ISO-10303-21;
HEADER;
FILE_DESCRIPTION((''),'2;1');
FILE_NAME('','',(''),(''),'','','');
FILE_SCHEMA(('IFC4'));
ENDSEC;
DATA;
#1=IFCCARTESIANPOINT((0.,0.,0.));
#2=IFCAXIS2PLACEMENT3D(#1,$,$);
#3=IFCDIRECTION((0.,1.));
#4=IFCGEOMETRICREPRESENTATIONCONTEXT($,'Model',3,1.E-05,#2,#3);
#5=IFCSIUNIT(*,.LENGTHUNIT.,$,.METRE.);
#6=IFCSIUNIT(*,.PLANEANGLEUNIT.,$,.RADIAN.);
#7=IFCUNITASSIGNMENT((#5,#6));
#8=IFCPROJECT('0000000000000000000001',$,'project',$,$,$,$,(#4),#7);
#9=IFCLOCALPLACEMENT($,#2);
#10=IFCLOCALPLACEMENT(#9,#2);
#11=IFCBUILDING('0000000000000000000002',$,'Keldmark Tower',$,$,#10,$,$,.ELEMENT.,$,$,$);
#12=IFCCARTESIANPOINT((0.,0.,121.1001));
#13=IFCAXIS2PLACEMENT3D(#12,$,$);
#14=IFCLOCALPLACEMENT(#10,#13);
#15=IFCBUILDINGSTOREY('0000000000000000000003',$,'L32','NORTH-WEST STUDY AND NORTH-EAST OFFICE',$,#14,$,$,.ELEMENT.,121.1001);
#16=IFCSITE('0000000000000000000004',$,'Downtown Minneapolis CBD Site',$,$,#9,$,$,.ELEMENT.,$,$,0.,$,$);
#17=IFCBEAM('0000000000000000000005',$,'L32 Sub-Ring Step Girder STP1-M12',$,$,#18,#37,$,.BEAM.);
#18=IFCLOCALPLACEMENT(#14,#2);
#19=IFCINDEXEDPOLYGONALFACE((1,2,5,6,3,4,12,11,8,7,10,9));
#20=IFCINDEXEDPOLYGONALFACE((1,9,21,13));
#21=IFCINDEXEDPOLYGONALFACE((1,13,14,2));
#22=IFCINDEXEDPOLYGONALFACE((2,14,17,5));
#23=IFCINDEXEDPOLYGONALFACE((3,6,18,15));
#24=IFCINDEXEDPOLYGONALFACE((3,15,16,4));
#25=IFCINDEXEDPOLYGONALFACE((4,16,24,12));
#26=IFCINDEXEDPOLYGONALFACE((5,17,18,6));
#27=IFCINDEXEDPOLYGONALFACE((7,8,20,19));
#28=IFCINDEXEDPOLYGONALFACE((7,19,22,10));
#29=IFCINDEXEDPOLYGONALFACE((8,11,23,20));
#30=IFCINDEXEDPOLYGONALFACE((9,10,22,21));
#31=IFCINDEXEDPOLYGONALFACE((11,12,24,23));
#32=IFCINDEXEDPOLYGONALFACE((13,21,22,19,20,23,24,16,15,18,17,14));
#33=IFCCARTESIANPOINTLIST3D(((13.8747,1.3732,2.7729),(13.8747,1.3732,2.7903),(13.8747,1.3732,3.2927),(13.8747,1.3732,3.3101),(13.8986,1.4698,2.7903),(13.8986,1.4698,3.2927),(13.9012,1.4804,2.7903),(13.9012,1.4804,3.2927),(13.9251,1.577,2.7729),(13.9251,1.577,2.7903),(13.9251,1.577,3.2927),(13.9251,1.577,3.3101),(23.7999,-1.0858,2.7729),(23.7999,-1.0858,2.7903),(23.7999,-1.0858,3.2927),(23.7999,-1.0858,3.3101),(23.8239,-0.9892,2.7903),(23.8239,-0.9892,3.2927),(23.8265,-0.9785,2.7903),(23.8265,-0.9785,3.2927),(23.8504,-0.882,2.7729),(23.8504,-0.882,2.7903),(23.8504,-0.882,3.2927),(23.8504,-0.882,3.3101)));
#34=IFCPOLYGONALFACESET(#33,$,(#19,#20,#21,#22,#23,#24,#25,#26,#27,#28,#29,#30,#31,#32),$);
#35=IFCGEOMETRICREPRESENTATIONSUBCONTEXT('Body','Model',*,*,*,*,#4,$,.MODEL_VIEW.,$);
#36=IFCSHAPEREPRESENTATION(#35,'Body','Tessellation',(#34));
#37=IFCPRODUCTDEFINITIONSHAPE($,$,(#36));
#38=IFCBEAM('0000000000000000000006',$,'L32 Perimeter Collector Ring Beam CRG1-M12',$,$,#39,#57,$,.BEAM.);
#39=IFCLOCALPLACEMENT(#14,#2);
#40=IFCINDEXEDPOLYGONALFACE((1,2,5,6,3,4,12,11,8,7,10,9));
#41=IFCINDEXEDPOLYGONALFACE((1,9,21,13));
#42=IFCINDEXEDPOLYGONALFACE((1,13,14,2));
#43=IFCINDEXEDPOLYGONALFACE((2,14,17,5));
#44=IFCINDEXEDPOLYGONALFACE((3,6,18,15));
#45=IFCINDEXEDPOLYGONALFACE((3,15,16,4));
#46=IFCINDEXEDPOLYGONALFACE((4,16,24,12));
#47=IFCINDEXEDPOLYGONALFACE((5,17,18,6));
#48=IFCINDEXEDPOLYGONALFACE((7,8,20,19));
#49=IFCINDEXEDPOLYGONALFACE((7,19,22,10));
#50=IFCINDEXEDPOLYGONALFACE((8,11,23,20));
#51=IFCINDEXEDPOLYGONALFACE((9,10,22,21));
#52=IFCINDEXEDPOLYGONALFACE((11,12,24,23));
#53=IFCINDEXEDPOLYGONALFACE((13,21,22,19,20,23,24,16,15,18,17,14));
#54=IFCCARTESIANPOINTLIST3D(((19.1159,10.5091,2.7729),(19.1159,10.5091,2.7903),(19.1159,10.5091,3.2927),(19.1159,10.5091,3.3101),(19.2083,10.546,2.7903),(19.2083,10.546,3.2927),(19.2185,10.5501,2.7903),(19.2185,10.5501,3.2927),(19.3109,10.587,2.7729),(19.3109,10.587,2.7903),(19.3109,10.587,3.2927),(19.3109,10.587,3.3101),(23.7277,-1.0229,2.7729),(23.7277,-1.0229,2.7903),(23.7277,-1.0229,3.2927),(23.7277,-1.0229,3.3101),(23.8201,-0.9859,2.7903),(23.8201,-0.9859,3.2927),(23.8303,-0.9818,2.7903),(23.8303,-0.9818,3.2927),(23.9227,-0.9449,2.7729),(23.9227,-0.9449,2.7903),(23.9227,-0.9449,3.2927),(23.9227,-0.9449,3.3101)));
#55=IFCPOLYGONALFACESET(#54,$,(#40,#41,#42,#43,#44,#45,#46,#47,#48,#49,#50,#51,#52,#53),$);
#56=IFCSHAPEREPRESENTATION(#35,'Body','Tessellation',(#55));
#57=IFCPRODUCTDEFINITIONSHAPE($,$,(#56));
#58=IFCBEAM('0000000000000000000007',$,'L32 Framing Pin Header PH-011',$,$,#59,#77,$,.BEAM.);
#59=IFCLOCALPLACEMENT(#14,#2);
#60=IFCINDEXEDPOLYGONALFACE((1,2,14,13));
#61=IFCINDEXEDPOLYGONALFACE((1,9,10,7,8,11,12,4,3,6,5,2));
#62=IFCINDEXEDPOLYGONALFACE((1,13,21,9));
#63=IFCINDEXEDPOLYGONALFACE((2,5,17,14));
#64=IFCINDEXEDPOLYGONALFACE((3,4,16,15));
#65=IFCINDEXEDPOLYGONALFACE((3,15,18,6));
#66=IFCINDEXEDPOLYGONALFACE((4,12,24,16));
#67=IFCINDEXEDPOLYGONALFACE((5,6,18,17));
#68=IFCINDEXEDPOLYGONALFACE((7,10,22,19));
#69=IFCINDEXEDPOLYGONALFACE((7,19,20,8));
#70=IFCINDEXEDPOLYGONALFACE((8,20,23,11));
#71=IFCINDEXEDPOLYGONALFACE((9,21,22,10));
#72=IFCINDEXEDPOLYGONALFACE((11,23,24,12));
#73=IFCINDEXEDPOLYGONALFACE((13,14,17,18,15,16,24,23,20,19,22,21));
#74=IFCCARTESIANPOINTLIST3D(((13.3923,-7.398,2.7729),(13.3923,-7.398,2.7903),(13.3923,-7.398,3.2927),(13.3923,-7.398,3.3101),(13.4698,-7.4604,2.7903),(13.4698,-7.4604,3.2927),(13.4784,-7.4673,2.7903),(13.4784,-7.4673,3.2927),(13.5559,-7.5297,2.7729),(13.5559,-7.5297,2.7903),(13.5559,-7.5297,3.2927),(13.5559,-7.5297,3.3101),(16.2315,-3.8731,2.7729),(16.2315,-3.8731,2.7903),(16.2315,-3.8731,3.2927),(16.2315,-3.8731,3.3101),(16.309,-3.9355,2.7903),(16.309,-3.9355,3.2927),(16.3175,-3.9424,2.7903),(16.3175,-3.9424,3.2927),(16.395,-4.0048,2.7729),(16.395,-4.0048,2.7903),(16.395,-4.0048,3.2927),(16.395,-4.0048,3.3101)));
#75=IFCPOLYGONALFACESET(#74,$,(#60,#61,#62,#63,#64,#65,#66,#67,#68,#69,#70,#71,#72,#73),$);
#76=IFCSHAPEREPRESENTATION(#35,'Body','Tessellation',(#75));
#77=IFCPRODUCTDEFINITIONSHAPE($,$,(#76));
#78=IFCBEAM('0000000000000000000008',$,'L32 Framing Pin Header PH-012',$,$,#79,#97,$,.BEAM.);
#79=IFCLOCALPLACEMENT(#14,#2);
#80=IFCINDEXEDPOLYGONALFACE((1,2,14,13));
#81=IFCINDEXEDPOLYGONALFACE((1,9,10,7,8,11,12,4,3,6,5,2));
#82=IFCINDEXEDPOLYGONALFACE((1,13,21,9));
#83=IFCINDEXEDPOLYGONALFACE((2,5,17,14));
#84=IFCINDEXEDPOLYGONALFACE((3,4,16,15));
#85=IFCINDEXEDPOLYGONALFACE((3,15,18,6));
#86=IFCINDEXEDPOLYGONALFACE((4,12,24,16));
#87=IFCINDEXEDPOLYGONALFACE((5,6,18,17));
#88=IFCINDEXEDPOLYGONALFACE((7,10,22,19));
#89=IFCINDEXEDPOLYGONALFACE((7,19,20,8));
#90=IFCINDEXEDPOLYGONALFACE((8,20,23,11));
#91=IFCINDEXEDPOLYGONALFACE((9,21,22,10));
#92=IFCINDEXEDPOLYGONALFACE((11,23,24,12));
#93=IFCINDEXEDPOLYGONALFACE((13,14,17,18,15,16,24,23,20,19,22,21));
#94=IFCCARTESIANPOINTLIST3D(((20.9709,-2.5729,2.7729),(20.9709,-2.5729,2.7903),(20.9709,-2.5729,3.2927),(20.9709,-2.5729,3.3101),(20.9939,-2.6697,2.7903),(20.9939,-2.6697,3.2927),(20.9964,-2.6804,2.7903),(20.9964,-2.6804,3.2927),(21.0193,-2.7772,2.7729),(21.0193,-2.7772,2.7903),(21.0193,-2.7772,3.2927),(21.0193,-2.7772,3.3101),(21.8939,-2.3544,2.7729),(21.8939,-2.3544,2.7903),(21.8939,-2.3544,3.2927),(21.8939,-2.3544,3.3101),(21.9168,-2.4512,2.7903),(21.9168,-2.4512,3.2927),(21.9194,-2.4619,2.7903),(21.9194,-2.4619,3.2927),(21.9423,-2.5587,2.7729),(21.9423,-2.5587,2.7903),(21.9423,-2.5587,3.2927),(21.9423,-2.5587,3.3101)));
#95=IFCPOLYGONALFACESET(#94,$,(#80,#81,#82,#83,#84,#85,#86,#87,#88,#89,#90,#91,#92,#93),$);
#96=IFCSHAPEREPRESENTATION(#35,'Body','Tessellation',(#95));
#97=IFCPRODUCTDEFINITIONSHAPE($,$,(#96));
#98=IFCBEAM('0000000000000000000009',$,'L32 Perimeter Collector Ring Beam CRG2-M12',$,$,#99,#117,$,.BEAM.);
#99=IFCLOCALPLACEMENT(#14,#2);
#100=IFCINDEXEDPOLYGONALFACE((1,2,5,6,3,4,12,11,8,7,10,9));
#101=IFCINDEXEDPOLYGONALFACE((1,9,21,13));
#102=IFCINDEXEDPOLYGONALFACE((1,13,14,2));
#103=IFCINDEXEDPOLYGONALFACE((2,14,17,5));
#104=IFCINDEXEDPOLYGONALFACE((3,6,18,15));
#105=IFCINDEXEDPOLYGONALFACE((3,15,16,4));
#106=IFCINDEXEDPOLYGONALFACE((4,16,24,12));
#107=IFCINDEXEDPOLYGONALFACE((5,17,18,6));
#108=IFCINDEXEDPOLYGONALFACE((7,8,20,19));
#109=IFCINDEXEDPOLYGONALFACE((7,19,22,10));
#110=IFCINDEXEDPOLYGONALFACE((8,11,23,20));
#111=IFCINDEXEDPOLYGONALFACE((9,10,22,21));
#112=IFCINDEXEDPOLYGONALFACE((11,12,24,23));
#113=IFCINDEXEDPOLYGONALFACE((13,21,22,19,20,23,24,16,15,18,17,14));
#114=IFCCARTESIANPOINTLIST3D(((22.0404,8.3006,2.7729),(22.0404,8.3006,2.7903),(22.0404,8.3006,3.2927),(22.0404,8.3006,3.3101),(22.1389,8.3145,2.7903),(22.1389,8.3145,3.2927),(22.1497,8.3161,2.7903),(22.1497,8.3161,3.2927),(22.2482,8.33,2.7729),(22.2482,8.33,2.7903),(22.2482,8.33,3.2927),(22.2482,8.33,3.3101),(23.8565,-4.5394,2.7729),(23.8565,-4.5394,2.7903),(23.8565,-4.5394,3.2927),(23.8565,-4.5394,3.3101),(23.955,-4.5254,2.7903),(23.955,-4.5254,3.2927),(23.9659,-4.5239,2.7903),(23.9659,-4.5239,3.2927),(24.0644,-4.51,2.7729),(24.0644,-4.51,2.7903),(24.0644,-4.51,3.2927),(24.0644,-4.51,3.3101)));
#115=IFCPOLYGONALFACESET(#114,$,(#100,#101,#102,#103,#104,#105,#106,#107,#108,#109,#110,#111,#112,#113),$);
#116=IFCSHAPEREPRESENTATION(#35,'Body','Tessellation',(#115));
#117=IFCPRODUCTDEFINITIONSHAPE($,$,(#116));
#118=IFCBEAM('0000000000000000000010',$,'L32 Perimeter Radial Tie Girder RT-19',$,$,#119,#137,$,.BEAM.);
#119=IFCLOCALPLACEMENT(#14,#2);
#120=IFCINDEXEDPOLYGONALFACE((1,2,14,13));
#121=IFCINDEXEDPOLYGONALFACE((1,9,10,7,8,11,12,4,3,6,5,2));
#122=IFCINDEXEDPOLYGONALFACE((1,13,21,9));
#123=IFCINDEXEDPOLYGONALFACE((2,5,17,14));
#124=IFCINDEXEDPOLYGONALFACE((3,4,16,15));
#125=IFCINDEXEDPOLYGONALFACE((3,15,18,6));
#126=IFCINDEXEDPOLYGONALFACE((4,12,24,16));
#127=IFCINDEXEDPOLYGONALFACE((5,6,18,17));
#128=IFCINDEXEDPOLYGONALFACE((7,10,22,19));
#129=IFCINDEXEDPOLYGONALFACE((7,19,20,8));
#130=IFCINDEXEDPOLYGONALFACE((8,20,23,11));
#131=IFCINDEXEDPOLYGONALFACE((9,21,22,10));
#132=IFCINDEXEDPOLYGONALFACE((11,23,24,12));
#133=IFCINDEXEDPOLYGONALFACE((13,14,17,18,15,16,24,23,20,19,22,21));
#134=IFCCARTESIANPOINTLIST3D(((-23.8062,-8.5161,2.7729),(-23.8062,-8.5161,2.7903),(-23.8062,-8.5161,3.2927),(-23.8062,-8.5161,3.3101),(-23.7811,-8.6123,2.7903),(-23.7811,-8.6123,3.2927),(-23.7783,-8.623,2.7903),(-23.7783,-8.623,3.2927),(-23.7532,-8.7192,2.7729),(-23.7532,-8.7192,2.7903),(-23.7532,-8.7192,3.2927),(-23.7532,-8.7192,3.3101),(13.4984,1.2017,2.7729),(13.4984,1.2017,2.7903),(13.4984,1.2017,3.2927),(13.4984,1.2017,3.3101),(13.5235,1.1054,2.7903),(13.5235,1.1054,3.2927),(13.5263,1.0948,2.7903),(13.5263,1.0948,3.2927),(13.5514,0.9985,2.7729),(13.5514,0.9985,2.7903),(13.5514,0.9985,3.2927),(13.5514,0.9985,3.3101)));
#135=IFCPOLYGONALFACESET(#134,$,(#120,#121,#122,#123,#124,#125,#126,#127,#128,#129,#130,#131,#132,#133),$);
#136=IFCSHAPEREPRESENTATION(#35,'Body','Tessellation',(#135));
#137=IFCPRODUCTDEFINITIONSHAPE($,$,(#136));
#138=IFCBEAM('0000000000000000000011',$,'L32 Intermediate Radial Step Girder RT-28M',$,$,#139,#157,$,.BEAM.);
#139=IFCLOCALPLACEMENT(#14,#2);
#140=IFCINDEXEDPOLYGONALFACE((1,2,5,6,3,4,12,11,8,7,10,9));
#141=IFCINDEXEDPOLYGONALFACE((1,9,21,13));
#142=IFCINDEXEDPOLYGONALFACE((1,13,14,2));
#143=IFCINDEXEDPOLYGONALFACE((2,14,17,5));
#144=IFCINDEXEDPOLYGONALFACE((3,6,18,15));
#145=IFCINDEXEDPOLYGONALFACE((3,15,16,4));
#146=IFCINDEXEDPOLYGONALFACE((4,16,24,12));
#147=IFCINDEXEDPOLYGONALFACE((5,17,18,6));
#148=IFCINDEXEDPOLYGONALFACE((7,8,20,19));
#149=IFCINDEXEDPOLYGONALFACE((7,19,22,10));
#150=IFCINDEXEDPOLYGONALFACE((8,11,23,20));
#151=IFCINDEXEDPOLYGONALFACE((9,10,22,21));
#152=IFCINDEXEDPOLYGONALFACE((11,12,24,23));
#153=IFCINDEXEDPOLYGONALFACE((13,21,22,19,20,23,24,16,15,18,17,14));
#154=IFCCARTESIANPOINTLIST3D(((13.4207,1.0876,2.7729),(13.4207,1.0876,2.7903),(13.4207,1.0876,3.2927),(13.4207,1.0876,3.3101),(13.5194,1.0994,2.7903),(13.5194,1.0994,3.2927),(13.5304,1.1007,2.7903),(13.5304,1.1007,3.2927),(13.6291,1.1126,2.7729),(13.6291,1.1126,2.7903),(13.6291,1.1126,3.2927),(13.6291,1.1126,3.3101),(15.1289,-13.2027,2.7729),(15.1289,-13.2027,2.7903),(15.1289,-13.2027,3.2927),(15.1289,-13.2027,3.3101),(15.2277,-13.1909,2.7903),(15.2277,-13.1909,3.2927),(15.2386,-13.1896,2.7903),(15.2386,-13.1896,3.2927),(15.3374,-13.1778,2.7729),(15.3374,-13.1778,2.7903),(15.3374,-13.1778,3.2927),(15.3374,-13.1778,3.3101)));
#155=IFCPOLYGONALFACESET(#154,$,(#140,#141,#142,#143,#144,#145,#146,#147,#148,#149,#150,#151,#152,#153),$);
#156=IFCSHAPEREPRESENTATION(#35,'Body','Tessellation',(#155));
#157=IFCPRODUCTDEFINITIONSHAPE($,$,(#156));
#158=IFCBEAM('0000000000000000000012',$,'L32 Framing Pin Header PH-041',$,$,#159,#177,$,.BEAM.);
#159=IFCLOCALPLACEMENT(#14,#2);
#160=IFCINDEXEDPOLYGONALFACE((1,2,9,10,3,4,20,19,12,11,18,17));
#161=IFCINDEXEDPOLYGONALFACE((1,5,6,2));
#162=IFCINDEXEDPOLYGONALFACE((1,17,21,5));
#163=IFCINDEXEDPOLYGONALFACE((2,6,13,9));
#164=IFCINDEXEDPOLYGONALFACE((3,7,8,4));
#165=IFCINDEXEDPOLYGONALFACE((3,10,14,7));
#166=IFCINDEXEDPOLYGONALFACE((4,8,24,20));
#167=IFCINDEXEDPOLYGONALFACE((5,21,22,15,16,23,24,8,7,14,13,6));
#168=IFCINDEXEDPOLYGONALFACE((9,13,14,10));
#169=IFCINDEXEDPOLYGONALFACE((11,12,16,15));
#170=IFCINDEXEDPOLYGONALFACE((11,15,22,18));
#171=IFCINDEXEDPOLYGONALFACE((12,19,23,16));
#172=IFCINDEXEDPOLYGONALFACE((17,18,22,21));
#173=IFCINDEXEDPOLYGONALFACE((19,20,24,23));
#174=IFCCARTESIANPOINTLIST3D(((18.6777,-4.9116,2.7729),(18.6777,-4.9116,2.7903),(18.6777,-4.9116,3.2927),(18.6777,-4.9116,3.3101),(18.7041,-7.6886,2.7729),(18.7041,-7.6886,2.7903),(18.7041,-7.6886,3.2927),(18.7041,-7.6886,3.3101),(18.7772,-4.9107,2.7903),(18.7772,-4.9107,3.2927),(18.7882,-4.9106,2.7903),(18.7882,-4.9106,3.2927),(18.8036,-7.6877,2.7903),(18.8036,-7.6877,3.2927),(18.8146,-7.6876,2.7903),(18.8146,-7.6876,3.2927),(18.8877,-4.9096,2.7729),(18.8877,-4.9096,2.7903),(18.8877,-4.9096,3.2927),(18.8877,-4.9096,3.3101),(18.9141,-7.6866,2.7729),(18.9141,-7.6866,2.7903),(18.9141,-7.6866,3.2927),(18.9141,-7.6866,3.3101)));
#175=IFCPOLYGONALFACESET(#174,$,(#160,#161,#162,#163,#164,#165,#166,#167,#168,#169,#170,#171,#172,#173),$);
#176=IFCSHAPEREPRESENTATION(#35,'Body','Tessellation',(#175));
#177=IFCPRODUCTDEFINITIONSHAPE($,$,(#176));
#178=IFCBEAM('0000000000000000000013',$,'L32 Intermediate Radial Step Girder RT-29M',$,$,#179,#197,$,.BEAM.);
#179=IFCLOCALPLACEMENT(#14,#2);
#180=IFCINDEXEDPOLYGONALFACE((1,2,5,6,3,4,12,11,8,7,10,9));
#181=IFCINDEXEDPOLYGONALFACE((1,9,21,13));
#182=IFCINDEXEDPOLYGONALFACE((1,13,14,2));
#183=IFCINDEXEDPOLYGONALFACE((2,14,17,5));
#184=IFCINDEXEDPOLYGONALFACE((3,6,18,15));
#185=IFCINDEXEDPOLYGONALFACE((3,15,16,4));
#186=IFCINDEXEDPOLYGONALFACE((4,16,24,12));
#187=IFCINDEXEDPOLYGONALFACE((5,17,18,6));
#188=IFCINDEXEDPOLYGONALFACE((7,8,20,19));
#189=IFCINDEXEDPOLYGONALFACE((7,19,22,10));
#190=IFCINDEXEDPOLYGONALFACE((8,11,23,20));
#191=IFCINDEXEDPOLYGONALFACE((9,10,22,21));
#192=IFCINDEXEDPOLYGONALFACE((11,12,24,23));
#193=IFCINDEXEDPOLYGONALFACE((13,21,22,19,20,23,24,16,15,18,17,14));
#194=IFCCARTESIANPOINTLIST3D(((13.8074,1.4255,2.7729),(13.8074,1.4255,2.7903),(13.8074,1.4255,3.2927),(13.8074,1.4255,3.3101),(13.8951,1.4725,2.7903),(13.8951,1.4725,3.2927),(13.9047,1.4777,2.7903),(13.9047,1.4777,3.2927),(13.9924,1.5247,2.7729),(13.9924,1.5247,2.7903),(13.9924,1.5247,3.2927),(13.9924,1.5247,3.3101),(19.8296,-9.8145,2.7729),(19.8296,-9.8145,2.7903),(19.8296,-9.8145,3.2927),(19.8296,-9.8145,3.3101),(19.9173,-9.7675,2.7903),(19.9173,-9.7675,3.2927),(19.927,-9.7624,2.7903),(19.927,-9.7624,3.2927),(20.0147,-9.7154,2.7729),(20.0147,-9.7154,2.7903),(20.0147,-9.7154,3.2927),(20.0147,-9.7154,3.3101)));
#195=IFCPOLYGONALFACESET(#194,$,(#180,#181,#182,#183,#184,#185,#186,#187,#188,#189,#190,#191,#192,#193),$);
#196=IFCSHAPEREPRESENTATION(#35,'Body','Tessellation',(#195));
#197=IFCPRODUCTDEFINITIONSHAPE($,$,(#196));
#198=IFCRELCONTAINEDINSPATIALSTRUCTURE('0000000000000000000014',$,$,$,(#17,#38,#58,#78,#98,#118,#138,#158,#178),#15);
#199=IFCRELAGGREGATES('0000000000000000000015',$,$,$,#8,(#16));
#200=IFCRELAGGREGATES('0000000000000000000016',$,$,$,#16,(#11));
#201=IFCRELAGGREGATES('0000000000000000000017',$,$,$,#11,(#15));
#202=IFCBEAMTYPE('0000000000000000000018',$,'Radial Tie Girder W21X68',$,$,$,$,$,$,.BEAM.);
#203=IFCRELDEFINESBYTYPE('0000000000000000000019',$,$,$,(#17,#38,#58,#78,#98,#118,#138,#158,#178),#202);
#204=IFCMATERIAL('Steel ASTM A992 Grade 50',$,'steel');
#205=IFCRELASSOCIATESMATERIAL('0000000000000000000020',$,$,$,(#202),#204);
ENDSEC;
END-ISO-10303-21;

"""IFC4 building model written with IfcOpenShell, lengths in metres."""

from ifc_helpers import new_model, si_unit, direction, frame, origin, origin_2d, place, context, subcontext, project, spatial, i_section, extrude, material, material_profile, profile_set, type_object, element, save


model = new_model("IFC4")

# Units and contexts
model_context = context("Model", 3, precision=1e-05, world=origin(), true_north=direction((0.0, 1.0)))
body_context = subcontext(model_context, "Body", "Model", "MODEL_VIEW")
ifc_project = project(units=[si_unit("LENGTHUNIT", "METRE"), si_unit("PLANEANGLEUNIT", "RADIAN")], contexts=[model_context])

# Site, building, storey
site_placement = place(None, origin())
site = spatial("IfcSite", under=ifc_project, at=site_placement, Name="Downtown Minneapolis CBD Site", CompositionType="ELEMENT", RefElevation=0.0)
building_placement = place(site_placement, origin())
building = spatial("IfcBuilding", under=site, at=building_placement, Name="Keldmark Tower", CompositionType="ELEMENT")
storey_placement = place(building_placement, frame((0.0, 0.0, 121.1001)))
storey = spatial("IfcBuildingStorey", under=building, at=storey_placement, Name="L32", Description="NORTH-WEST STUDY AND NORTH-EAST OFFICE", CompositionType="ELEMENT", Elevation=121.1001)

# Beams
ifc_material_1 = material(Name="Steel ASTM A992 Grade 50", Category="steel")
ifc_material_profile_1 = material_profile(ifc_material_1, i_section(OverallWidth=0.21, OverallDepth=0.5371, WebThickness=0.011, FlangeThickness=0.0173, at=origin_2d()), Name="W21X68")
ifc_profile_set_1 = profile_set([ifc_material_profile_1], Name="Steel ASTM A992 Grade 50")
beam_type_1 = type_object("IfcBeamType", Name="Radial Tie Girder W21X68", PredefinedType="BEAM", material=ifc_profile_set_1)
beam_1_placement = place(storey_placement, frame((13.8999, 1.4751, 3.0415), z_axis=(0.970654, -0.240479, 0.0), x_axis=(0.240479, 0.970654, 0.0)))
element("IfcBeam", 1, at=beam_1_placement, inside=storey, type_object=beam_type_1, Name="L32 Sub-Ring Step Girder STP1-M12", PredefinedType="BEAM", context=body_context, shape_type="SweptSolid", body=[
    extrude(i_section(OverallWidth=0.21, OverallDepth=0.5371, WebThickness=0.011, FlangeThickness=0.0173, at=origin_2d()), origin(), (0.0, 0.0, 1.0), 10.2253),
])
beam_2_placement = place(storey_placement, frame((23.8252, -0.9839, 3.0415), z_axis=(-0.371323, 0.928504, 0.0), x_axis=(-0.928504, -0.371323, 0.0)))
element("IfcBeam", 2, at=beam_2_placement, inside=storey, type_object=beam_type_1, Name="L32 Perimeter Collector Ring Beam CRG1-M12", PredefinedType="BEAM", context=body_context, shape_type="SweptSolid", body=[
    extrude(i_section(OverallWidth=0.21, OverallDepth=0.5371, WebThickness=0.011, FlangeThickness=0.0173, at=origin_2d()), origin(), (0.0, 0.0, 1.0), 12.4199),
])
beam_3_placement = place(storey_placement, frame((16.3132, -3.939, 3.0415), z_axis=(-0.627277, -0.778796, 0.0), x_axis=(0.778796, -0.627277, 0.0)))
element("IfcBeam", 3, at=beam_3_placement, inside=storey, type_object=beam_type_1, Name="L32 Framing Pin Header PH-011", PredefinedType="BEAM", context=body_context, shape_type="SweptSolid", body=[
    extrude(i_section(OverallWidth=0.21, OverallDepth=0.5371, WebThickness=0.011, FlangeThickness=0.0173, at=origin_2d()), origin(), (0.0, 0.0, 1.0), 4.5261),
])
beam_4_placement = place(storey_placement, frame((20.9951, -2.675, 3.0415), z_axis=(0.973109, 0.230345, 0.0), x_axis=(-0.230345, 0.973109, 0.0)))
element("IfcBeam", 4, at=beam_4_placement, inside=storey, type_object=beam_type_1, Name="L32 Framing Pin Header PH-012", PredefinedType="BEAM", context=body_context, shape_type="SweptSolid", body=[
    extrude(i_section(OverallWidth=0.21, OverallDepth=0.5371, WebThickness=0.011, FlangeThickness=0.0173, at=origin_2d()), origin(), (0.0, 0.0, 1.0), 0.9485),
])
beam_5_placement = place(storey_placement, frame((23.9604, -4.5247, 3.0415), z_axis=(-0.140051, 0.990144, 0.0), x_axis=(-0.990144, -0.140051, 0.0)))
element("IfcBeam", 5, at=beam_5_placement, inside=storey, type_object=beam_type_1, Name="L32 Perimeter Collector Ring Beam CRG2-M12", PredefinedType="BEAM", context=body_context, shape_type="SweptSolid", body=[
    extrude(i_section(OverallWidth=0.21, OverallDepth=0.5371, WebThickness=0.011, FlangeThickness=0.0173, at=origin_2d()), origin(), (0.0, 0.0, 1.0), 12.9678),
])
beam_6_placement = place(storey_placement, frame((13.5249, 1.1001, 3.0415), z_axis=(-0.967705, -0.252085, 0.0), x_axis=(0.252085, -0.967705, 0.0)))
element("IfcBeam", 6, at=beam_6_placement, inside=storey, type_object=beam_type_1, Name="L32 Perimeter Radial Tie Girder RT-19", PredefinedType="BEAM", context=body_context, shape_type="SweptSolid", body=[
    extrude(i_section(OverallWidth=0.21, OverallDepth=0.5371, WebThickness=0.011, FlangeThickness=0.0173, at=origin_2d()), origin(), (0.0, 0.0, 1.0), 38.5496),
])
beam_7_placement = place(storey_placement, frame((13.5249, 1.1001, 3.0415), z_axis=(0.118694, -0.992931, 0.0), x_axis=(0.992931, 0.118694, 0.0)))
element("IfcBeam", 7, at=beam_7_placement, inside=storey, type_object=beam_type_1, Name="L32 Intermediate Radial Step Girder RT-28M", PredefinedType="BEAM", context=body_context, shape_type="SweptSolid", body=[
    extrude(i_section(OverallWidth=0.21, OverallDepth=0.5371, WebThickness=0.011, FlangeThickness=0.0173, at=origin_2d()), origin(), (0.0, 0.0, 1.0), 14.3921),
])
beam_8_placement = place(storey_placement, frame((18.7827, -4.9106, 3.0415), z_axis=(0.009495, -0.999955, 0.0), x_axis=(0.999955, 0.009495, 0.0)))
element("IfcBeam", 8, at=beam_8_placement, inside=storey, type_object=beam_type_1, Name="L32 Framing Pin Header PH-041", PredefinedType="BEAM", context=body_context, shape_type="SweptSolid", body=[
    extrude(i_section(OverallWidth=0.21, OverallDepth=0.5371, WebThickness=0.011, FlangeThickness=0.0173, at=origin_2d()), origin(), (0.0, 0.0, 1.0), 2.7771),
])
beam_9_placement = place(storey_placement, frame((13.8999, 1.4751, 3.0415), z_axis=(0.47227, -0.881454, 0.0), x_axis=(0.881454, 0.47227, 0.0)))
element("IfcBeam", 9, at=beam_9_placement, inside=storey, type_object=beam_type_1, Name="L32 Intermediate Radial Step Girder RT-29M", PredefinedType="BEAM", context=body_context, shape_type="SweptSolid", body=[
    extrude(i_section(OverallWidth=0.21, OverallDepth=0.5371, WebThickness=0.011, FlangeThickness=0.0173, at=origin_2d()), origin(), (0.0, 0.0, 1.0), 12.7517),
])

save(model, "model.ifc")
